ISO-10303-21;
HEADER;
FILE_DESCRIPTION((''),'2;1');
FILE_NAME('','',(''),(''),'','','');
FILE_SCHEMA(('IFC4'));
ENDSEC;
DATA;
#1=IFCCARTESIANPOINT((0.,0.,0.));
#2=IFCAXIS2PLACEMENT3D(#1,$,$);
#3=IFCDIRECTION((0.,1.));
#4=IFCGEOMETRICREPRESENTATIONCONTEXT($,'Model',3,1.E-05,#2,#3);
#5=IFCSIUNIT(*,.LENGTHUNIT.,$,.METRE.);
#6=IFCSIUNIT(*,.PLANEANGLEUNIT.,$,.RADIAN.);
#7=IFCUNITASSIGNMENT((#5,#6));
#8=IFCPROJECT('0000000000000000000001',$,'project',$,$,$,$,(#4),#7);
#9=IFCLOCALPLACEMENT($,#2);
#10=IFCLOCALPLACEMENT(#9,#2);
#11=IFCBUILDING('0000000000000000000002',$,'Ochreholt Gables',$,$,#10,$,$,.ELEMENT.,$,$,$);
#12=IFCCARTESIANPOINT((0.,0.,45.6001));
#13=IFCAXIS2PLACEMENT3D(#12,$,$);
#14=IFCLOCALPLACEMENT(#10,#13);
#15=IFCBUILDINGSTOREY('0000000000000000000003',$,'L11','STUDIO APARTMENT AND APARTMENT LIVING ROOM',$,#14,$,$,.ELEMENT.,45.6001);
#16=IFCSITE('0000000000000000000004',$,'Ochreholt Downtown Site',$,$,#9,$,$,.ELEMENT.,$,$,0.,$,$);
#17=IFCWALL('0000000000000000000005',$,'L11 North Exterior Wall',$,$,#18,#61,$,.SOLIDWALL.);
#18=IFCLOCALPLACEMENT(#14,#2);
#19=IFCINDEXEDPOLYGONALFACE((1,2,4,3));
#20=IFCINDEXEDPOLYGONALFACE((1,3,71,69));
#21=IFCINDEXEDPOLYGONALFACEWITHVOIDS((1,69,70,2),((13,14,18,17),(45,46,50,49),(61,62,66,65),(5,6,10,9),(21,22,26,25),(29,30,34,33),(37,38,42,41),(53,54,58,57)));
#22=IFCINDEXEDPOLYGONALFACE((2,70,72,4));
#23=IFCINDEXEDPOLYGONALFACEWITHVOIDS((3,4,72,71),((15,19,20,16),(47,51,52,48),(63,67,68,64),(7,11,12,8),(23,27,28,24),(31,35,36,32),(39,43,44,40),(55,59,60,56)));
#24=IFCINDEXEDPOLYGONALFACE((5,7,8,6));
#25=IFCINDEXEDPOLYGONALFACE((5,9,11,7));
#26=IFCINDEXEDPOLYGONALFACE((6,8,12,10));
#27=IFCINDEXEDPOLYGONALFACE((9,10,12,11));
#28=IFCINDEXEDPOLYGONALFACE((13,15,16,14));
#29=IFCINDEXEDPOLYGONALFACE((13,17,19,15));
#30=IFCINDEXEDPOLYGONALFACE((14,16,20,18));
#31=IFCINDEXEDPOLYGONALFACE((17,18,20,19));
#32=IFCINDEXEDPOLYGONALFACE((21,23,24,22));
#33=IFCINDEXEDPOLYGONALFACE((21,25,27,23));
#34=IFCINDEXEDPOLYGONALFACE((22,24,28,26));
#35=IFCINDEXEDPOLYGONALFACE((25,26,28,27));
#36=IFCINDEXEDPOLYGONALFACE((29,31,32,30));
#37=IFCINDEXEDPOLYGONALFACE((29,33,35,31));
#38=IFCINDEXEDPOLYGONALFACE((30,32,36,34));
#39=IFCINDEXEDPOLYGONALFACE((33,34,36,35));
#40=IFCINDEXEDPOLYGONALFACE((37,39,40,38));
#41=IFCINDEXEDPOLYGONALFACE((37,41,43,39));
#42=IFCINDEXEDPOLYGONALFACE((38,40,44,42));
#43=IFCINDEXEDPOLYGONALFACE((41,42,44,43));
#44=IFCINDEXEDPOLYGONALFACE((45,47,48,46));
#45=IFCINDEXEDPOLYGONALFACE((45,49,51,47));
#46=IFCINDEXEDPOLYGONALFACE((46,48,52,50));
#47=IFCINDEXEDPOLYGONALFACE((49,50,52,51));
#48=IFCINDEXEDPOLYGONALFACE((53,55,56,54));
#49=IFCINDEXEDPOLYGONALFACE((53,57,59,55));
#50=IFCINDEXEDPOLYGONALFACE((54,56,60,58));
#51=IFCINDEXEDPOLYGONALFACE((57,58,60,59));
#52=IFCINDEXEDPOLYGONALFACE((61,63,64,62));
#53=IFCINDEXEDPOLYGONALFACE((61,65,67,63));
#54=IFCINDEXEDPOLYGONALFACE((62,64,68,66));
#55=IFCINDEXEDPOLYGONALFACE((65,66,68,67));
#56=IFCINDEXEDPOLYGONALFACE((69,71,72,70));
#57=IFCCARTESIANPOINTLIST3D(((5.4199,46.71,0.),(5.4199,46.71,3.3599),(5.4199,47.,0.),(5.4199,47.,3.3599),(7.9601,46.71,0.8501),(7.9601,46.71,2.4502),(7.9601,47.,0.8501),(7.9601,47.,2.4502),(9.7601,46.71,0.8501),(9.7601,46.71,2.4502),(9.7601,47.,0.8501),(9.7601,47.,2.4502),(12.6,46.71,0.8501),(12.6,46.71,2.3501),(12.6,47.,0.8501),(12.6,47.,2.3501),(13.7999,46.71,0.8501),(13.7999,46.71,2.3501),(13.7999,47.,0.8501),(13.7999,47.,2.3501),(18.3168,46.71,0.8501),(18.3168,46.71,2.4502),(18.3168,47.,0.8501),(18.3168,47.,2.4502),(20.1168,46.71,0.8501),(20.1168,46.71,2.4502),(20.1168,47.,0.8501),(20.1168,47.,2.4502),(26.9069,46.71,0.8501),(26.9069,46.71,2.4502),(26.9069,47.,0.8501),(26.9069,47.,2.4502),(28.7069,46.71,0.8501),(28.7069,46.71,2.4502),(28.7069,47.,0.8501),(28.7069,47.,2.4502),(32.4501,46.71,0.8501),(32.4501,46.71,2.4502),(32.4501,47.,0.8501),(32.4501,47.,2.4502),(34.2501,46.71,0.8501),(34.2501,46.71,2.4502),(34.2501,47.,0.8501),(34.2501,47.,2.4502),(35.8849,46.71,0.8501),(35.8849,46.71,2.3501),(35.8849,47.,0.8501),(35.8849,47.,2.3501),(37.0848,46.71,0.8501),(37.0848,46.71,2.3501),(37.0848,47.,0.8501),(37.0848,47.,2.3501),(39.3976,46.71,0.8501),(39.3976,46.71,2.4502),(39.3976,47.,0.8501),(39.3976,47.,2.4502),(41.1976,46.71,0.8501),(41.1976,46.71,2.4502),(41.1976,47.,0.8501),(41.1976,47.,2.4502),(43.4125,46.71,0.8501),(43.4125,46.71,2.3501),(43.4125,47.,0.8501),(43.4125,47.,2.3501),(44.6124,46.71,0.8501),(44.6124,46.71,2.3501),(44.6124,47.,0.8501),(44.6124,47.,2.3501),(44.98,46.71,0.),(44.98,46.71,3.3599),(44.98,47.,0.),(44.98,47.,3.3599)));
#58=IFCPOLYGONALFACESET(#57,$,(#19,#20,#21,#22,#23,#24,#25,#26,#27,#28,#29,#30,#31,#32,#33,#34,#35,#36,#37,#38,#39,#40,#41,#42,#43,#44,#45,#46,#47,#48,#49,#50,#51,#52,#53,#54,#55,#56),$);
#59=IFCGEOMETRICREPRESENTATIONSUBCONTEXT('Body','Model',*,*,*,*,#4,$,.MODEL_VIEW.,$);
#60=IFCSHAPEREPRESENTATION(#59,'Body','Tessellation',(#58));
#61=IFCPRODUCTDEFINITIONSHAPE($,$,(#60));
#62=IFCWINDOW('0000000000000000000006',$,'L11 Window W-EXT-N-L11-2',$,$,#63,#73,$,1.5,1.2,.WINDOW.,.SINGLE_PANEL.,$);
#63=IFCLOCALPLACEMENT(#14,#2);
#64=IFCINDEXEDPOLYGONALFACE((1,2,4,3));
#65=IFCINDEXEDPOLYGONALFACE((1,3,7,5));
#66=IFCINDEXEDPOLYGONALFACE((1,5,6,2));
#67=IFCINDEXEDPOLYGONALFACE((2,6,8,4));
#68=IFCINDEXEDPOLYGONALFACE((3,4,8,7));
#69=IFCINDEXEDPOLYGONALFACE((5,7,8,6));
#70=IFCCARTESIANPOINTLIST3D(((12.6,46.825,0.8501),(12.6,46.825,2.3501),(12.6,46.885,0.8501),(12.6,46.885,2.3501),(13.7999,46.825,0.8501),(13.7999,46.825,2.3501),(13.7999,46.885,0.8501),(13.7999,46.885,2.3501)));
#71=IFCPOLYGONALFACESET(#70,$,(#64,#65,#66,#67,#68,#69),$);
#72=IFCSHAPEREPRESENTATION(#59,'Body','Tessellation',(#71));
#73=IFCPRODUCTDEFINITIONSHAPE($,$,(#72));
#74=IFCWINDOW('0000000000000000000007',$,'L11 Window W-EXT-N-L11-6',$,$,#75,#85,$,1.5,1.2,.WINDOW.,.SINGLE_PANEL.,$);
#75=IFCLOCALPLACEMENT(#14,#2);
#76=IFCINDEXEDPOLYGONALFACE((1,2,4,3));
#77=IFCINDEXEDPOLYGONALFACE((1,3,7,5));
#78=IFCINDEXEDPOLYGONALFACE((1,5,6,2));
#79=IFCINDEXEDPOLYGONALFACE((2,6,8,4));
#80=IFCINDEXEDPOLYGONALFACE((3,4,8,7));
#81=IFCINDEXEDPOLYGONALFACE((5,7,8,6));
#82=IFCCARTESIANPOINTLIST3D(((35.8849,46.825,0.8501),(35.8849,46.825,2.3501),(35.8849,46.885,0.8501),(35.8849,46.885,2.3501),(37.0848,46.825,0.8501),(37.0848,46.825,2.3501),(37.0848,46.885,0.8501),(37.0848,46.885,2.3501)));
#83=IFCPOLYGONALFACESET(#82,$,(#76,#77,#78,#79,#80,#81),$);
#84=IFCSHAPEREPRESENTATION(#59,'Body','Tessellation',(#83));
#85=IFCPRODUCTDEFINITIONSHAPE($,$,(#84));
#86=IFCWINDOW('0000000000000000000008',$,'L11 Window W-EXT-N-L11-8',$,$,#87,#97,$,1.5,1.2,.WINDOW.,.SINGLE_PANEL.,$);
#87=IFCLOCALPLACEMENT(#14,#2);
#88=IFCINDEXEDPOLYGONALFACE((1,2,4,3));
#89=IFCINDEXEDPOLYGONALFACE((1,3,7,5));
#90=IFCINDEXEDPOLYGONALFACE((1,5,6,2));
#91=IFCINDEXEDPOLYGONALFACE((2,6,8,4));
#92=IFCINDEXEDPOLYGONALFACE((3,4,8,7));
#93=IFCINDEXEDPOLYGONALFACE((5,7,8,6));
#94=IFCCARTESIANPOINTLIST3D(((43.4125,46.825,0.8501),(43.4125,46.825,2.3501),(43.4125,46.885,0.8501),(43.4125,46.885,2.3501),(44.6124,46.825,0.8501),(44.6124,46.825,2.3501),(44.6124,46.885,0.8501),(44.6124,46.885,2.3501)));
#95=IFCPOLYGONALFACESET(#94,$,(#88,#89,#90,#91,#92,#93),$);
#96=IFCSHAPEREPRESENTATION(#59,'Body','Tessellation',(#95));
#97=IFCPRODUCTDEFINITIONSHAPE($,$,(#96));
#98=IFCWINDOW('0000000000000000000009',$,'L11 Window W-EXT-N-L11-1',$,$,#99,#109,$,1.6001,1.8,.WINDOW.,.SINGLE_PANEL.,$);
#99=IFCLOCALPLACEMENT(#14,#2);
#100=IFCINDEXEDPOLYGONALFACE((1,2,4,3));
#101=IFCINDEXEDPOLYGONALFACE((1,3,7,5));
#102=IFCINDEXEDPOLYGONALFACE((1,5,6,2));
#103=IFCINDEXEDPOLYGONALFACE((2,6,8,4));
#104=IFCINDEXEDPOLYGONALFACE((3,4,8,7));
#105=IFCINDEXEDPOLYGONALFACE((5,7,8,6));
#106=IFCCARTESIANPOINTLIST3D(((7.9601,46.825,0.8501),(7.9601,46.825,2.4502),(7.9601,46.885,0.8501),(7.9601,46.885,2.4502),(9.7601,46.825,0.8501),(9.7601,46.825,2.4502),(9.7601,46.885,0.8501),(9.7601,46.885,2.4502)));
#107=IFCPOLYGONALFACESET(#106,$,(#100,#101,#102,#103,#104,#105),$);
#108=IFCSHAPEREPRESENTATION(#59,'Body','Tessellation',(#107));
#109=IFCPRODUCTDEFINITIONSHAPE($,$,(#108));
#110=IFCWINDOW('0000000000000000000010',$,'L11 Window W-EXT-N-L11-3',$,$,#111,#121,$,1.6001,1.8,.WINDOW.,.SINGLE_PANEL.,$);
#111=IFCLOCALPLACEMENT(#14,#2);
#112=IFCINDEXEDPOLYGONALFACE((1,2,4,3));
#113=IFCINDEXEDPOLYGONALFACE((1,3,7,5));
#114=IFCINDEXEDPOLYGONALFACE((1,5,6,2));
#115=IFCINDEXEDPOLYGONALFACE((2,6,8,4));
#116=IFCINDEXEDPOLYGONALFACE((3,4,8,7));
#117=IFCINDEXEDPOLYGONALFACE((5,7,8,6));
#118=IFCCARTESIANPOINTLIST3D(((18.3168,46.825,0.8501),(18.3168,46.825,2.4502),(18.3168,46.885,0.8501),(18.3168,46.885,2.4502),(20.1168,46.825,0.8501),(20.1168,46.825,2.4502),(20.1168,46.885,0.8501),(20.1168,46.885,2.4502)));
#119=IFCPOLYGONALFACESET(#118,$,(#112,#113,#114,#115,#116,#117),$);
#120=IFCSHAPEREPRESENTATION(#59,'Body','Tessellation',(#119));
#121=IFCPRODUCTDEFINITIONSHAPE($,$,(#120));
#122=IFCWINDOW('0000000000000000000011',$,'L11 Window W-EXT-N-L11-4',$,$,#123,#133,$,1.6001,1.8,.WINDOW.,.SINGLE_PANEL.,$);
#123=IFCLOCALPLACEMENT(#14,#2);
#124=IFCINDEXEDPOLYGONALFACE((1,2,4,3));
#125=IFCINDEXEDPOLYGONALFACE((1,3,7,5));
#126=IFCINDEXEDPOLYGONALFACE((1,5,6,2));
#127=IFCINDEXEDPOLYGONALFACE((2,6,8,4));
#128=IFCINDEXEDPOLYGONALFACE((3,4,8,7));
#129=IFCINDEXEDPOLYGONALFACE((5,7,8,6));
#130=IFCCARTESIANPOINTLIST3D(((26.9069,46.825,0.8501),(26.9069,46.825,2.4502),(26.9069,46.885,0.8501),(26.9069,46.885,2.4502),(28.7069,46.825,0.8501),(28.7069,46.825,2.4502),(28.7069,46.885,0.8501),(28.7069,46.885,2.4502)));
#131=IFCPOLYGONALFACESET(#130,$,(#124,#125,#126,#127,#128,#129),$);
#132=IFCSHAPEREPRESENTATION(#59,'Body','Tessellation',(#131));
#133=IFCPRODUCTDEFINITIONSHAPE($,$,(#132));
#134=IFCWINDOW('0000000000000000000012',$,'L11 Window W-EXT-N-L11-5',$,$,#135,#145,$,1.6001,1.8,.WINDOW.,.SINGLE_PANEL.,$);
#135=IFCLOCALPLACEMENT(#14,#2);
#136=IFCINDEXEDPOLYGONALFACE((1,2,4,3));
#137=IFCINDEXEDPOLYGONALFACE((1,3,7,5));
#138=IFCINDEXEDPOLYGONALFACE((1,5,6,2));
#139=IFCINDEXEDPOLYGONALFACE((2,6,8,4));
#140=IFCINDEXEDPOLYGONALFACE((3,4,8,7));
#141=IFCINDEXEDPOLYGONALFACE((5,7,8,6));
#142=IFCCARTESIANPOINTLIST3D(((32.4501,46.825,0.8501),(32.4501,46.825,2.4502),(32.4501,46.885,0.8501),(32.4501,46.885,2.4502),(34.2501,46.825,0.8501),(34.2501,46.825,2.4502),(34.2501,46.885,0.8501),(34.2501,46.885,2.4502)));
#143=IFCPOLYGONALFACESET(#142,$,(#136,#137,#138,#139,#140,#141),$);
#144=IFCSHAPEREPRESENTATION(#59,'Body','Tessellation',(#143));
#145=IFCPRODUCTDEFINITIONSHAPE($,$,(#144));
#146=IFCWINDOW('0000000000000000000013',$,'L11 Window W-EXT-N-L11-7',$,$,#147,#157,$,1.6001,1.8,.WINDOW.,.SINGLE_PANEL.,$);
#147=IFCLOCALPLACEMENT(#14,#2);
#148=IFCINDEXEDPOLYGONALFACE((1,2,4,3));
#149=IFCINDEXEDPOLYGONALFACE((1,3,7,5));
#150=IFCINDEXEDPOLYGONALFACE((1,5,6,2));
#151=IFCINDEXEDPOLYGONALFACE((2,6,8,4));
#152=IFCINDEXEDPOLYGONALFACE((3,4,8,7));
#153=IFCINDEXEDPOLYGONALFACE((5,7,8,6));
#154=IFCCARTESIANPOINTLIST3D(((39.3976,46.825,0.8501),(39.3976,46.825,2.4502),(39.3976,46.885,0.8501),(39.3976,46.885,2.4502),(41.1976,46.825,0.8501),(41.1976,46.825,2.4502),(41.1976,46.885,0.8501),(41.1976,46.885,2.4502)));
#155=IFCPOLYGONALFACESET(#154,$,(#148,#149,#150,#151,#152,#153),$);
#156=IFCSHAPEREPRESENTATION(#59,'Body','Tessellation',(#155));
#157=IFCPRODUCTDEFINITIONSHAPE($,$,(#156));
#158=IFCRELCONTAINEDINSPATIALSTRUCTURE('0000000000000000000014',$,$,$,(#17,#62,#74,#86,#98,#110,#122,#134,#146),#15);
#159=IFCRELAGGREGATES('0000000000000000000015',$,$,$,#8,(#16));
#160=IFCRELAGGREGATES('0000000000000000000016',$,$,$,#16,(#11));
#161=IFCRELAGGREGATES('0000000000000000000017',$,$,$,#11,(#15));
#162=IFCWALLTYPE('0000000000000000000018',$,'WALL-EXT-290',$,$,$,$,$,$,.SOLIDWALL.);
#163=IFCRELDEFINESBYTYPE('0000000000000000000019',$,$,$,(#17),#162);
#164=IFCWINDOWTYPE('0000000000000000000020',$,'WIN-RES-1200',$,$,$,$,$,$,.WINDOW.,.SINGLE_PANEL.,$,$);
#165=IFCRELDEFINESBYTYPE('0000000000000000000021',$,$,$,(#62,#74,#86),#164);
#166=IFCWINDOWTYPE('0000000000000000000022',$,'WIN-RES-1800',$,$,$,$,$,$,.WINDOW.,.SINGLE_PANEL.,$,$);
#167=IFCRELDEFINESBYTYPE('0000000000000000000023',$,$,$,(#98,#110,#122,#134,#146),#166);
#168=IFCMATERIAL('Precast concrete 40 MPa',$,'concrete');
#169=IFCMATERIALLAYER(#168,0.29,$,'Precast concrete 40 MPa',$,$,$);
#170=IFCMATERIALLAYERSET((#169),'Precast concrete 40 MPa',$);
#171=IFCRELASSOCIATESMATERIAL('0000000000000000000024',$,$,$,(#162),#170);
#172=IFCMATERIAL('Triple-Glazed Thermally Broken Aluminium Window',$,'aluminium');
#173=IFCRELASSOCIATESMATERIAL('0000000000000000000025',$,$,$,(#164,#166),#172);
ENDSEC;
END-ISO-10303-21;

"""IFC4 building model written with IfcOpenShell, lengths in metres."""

from ifc_helpers import new_model, si_unit, direction, frame, frame_2d, origin, place, context, subcontext, project, spatial, rectangle, extrude, material, layer, layer_set, type_object, element, fill, save


model = new_model("IFC4")

# Units and contexts
model_context = context("Model", 3, precision=1e-05, world=origin(), true_north=direction((0.0, 1.0)))
body_context = subcontext(model_context, "Body", "Model", "MODEL_VIEW")
ifc_project = project(units=[si_unit("LENGTHUNIT", "METRE"), si_unit("PLANEANGLEUNIT", "RADIAN")], contexts=[model_context])

# Site, building, storey
site_placement = place(None, origin())
site = spatial("IfcSite", under=ifc_project, at=site_placement, Name="Ochreholt Downtown Site", CompositionType="ELEMENT", RefElevation=0.0)
building_placement = place(site_placement, origin())
building = spatial("IfcBuilding", under=site, at=building_placement, Name="Ochreholt Gables", CompositionType="ELEMENT")
storey_placement = place(building_placement, frame((0.0, 0.0, 45.6001)))
storey = spatial("IfcBuildingStorey", under=building, at=storey_placement, Name="L11", Description="STUDIO APARTMENT AND APARTMENT LIVING ROOM", CompositionType="ELEMENT", Elevation=45.6001)

# Wall, openings, windows
ifc_material_1 = material(Name="Precast concrete 40 MPa", Category="concrete")
ifc_layer_1 = layer(ifc_material_1, 0.29, Name="Precast concrete 40 MPa")
ifc_layer_set_1 = layer_set([ifc_layer_1], Name="Precast concrete 40 MPa")
wall_type_1 = type_object("IfcWallType", Name="WALL-EXT-290", PredefinedType="SOLIDWALL", material=ifc_layer_set_1)
wall_1_placement = place(storey_placement, frame((44.98, 46.855, 0.0), z_axis=(0.0, 0.0, 1.0), x_axis=(-1.0, 0.0, 0.0)))
wall_1 = element("IfcWall", 1, at=wall_1_placement, inside=storey, type_object=wall_type_1, Name="L11 North Exterior Wall", PredefinedType="SOLIDWALL", context=body_context, shape_type="SweptSolid", body=[
    extrude(rectangle(XDim=39.5601, YDim=0.29, at=frame_2d((19.78, 0.0))), origin(), (0.0, 0.0, 1.0), 3.3599),
])
opening_1_placement = place(wall_1_placement, frame((35.22, 0.0, 0.8501)))
opening_1 = element("IfcOpeningElement", 2, at=opening_1_placement, cuts=wall_1, PredefinedType="OPENING", context=body_context, shape_type="SweptSolid", body=[
    extrude(rectangle(XDim=1.8, YDim=1.6001, at=frame_2d((0.8999, 0.8))), frame((0.0, 0.155, 0.0), z_axis=(0.0, -1.0, 0.0), x_axis=(1.0, 0.0, 0.0)), (0.0, 0.0, 1.0), 0.3101),
])
opening_2_placement = place(wall_1_placement, frame((31.1799, 0.0, 0.8501)))
opening_2 = element("IfcOpeningElement", 3, at=opening_2_placement, cuts=wall_1, PredefinedType="OPENING", context=body_context, shape_type="SweptSolid", body=[
    extrude(rectangle(XDim=1.2, YDim=1.5, at=frame_2d((0.6001, 0.75))), frame((0.0, 0.155, 0.0), z_axis=(0.0, -1.0, 0.0), x_axis=(1.0, 0.0, 0.0)), (0.0, 0.0, 1.0), 0.3101),
])
opening_3_placement = place(wall_1_placement, frame((24.8633, 0.0, 0.8501)))
opening_3 = element("IfcOpeningElement", 4, at=opening_3_placement, cuts=wall_1, PredefinedType="OPENING", context=body_context, shape_type="SweptSolid", body=[
    extrude(rectangle(XDim=1.8, YDim=1.6001, at=frame_2d((0.8999, 0.8))), frame((0.0, 0.155, 0.0), z_axis=(0.0, -1.0, 0.0), x_axis=(1.0, 0.0, 0.0)), (0.0, 0.0, 1.0), 0.3101),
])
opening_4_placement = place(wall_1_placement, frame((16.2732, 0.0, 0.8501)))
opening_4 = element("IfcOpeningElement", 5, at=opening_4_placement, cuts=wall_1, PredefinedType="OPENING", context=body_context, shape_type="SweptSolid", body=[
    extrude(rectangle(XDim=1.8, YDim=1.6001, at=frame_2d((0.8999, 0.8))), frame((0.0, 0.155, 0.0), z_axis=(0.0, -1.0, 0.0), x_axis=(1.0, 0.0, 0.0)), (0.0, 0.0, 1.0), 0.3101),
])
opening_5_placement = place(wall_1_placement, frame((10.73, 0.0, 0.8501)))
opening_5 = element("IfcOpeningElement", 6, at=opening_5_placement, cuts=wall_1, PredefinedType="OPENING", context=body_context, shape_type="SweptSolid", body=[
    extrude(rectangle(XDim=1.8, YDim=1.6001, at=frame_2d((0.8999, 0.8))), frame((0.0, 0.155, 0.0), z_axis=(0.0, -1.0, 0.0), x_axis=(1.0, 0.0, 0.0)), (0.0, 0.0, 1.0), 0.3101),
])
opening_6_placement = place(wall_1_placement, frame((7.895, 0.0, 0.8501)))
opening_6 = element("IfcOpeningElement", 7, at=opening_6_placement, cuts=wall_1, PredefinedType="OPENING", context=body_context, shape_type="SweptSolid", body=[
    extrude(rectangle(XDim=1.2, YDim=1.5, at=frame_2d((0.6001, 0.75))), frame((0.0, 0.155, 0.0), z_axis=(0.0, -1.0, 0.0), x_axis=(1.0, 0.0, 0.0)), (0.0, 0.0, 1.0), 0.3101),
])
opening_7_placement = place(wall_1_placement, frame((3.7825, 0.0, 0.8501)))
opening_7 = element("IfcOpeningElement", 8, at=opening_7_placement, cuts=wall_1, PredefinedType="OPENING", context=body_context, shape_type="SweptSolid", body=[
    extrude(rectangle(XDim=1.8, YDim=1.6001, at=frame_2d((0.8999, 0.8))), frame((0.0, 0.155, 0.0), z_axis=(0.0, -1.0, 0.0), x_axis=(1.0, 0.0, 0.0)), (0.0, 0.0, 1.0), 0.3101),
])
opening_8_placement = place(wall_1_placement, frame((0.3674, 0.0, 0.8501)))
opening_8 = element("IfcOpeningElement", 9, at=opening_8_placement, cuts=wall_1, PredefinedType="OPENING", context=body_context, shape_type="SweptSolid", body=[
    extrude(rectangle(XDim=1.2, YDim=1.5, at=frame_2d((0.6001, 0.75))), frame((0.0, 0.155, 0.0), z_axis=(0.0, -1.0, 0.0), x_axis=(1.0, 0.0, 0.0)), (0.0, 0.0, 1.0), 0.3101),
])
ifc_material_2 = material(Name="Triple-Glazed Thermally Broken Aluminium Window", Category="aluminium")
window_type_1 = type_object("IfcWindowType", Name="WIN-RES-1200", PartitioningType="SINGLE_PANEL", PredefinedType="WINDOW", material=ifc_material_2)
window_1_placement = place(opening_2_placement, origin())
window_1 = element("IfcWindow", 10, at=window_1_placement, inside=storey, type_object=window_type_1, Name="L11 Window W-EXT-N-L11-2", OverallHeight=1.5, OverallWidth=1.2, PartitioningType="SINGLE_PANEL", PredefinedType="WINDOW", context=body_context, shape_type="SweptSolid", body=[
    extrude(rectangle(XDim=1.2, YDim=1.5, at=frame_2d((0.6001, 0.75))), frame((0.0, 0.03, 0.0), z_axis=(0.0, -1.0, 0.0), x_axis=(1.0, 0.0, 0.0)), (0.0, 0.0, 1.0), 0.0601),
])
fill(opening_2, window_1)
window_2_placement = place(opening_6_placement, origin())
window_2 = element("IfcWindow", 11, at=window_2_placement, inside=storey, type_object=window_type_1, Name="L11 Window W-EXT-N-L11-6", OverallHeight=1.5, OverallWidth=1.2, PartitioningType="SINGLE_PANEL", PredefinedType="WINDOW", context=body_context, shape_type="SweptSolid", body=[
    extrude(rectangle(XDim=1.2, YDim=1.5, at=frame_2d((0.6001, 0.75))), frame((0.0, 0.03, 0.0), z_axis=(0.0, -1.0, 0.0), x_axis=(1.0, 0.0, 0.0)), (0.0, 0.0, 1.0), 0.0601),
])
fill(opening_6, window_2)
window_3_placement = place(opening_8_placement, origin())
window_3 = element("IfcWindow", 12, at=window_3_placement, inside=storey, type_object=window_type_1, Name="L11 Window W-EXT-N-L11-8", OverallHeight=1.5, OverallWidth=1.2, PartitioningType="SINGLE_PANEL", PredefinedType="WINDOW", context=body_context, shape_type="SweptSolid", body=[
    extrude(rectangle(XDim=1.2, YDim=1.5, at=frame_2d((0.6001, 0.75))), frame((0.0, 0.03, 0.0), z_axis=(0.0, -1.0, 0.0), x_axis=(1.0, 0.0, 0.0)), (0.0, 0.0, 1.0), 0.0601),
])
fill(opening_8, window_3)
window_type_2 = type_object("IfcWindowType", Name="WIN-RES-1800", PartitioningType="SINGLE_PANEL", PredefinedType="WINDOW", material=ifc_material_2)
window_4_placement = place(opening_1_placement, origin())
window_4 = element("IfcWindow", 13, at=window_4_placement, inside=storey, type_object=window_type_2, Name="L11 Window W-EXT-N-L11-1", OverallHeight=1.6001, OverallWidth=1.8, PartitioningType="SINGLE_PANEL", PredefinedType="WINDOW", context=body_context, shape_type="SweptSolid", body=[
    extrude(rectangle(XDim=1.8, YDim=1.6001, at=frame_2d((0.8999, 0.8))), frame((0.0, 0.03, 0.0), z_axis=(0.0, -1.0, 0.0), x_axis=(1.0, 0.0, 0.0)), (0.0, 0.0, 1.0), 0.0601),
])
fill(opening_1, window_4)
window_5_placement = place(opening_3_placement, origin())
window_5 = element("IfcWindow", 14, at=window_5_placement, inside=storey, type_object=window_type_2, Name="L11 Window W-EXT-N-L11-3", OverallHeight=1.6001, OverallWidth=1.8, PartitioningType="SINGLE_PANEL", PredefinedType="WINDOW", context=body_context, shape_type="SweptSolid", body=[
    extrude(rectangle(XDim=1.8, YDim=1.6001, at=frame_2d((0.8999, 0.8))), frame((0.0, 0.03, 0.0), z_axis=(0.0, -1.0, 0.0), x_axis=(1.0, 0.0, 0.0)), (0.0, 0.0, 1.0), 0.0601),
])
fill(opening_3, window_5)
window_6_placement = place(opening_4_placement, origin())
window_6 = element("IfcWindow", 15, at=window_6_placement, inside=storey, type_object=window_type_2, Name="L11 Window W-EXT-N-L11-4", OverallHeight=1.6001, OverallWidth=1.8, PartitioningType="SINGLE_PANEL", PredefinedType="WINDOW", context=body_context, shape_type="SweptSolid", body=[
    extrude(rectangle(XDim=1.8, YDim=1.6001, at=frame_2d((0.8999, 0.8))), frame((0.0, 0.03, 0.0), z_axis=(0.0, -1.0, 0.0), x_axis=(1.0, 0.0, 0.0)), (0.0, 0.0, 1.0), 0.0601),
])
fill(opening_4, window_6)
window_7_placement = place(opening_5_placement, origin())
window_7 = element("IfcWindow", 16, at=window_7_placement, inside=storey, type_object=window_type_2, Name="L11 Window W-EXT-N-L11-5", OverallHeight=1.6001, OverallWidth=1.8, PartitioningType="SINGLE_PANEL", PredefinedType="WINDOW", context=body_context, shape_type="SweptSolid", body=[
    extrude(rectangle(XDim=1.8, YDim=1.6001, at=frame_2d((0.8999, 0.8))), frame((0.0, 0.03, 0.0), z_axis=(0.0, -1.0, 0.0), x_axis=(1.0, 0.0, 0.0)), (0.0, 0.0, 1.0), 0.0601),
])
fill(opening_5, window_7)
window_8_placement = place(opening_7_placement, origin())
window_8 = element("IfcWindow", 17, at=window_8_placement, inside=storey, type_object=window_type_2, Name="L11 Window W-EXT-N-L11-7", OverallHeight=1.6001, OverallWidth=1.8, PartitioningType="SINGLE_PANEL", PredefinedType="WINDOW", context=body_context, shape_type="SweptSolid", body=[
    extrude(rectangle(XDim=1.8, YDim=1.6001, at=frame_2d((0.8999, 0.8))), frame((0.0, 0.03, 0.0), z_axis=(0.0, -1.0, 0.0), x_axis=(1.0, 0.0, 0.0)), (0.0, 0.0, 1.0), 0.0601),
])
fill(opening_7, window_8)

save(model, "model.ifc")
